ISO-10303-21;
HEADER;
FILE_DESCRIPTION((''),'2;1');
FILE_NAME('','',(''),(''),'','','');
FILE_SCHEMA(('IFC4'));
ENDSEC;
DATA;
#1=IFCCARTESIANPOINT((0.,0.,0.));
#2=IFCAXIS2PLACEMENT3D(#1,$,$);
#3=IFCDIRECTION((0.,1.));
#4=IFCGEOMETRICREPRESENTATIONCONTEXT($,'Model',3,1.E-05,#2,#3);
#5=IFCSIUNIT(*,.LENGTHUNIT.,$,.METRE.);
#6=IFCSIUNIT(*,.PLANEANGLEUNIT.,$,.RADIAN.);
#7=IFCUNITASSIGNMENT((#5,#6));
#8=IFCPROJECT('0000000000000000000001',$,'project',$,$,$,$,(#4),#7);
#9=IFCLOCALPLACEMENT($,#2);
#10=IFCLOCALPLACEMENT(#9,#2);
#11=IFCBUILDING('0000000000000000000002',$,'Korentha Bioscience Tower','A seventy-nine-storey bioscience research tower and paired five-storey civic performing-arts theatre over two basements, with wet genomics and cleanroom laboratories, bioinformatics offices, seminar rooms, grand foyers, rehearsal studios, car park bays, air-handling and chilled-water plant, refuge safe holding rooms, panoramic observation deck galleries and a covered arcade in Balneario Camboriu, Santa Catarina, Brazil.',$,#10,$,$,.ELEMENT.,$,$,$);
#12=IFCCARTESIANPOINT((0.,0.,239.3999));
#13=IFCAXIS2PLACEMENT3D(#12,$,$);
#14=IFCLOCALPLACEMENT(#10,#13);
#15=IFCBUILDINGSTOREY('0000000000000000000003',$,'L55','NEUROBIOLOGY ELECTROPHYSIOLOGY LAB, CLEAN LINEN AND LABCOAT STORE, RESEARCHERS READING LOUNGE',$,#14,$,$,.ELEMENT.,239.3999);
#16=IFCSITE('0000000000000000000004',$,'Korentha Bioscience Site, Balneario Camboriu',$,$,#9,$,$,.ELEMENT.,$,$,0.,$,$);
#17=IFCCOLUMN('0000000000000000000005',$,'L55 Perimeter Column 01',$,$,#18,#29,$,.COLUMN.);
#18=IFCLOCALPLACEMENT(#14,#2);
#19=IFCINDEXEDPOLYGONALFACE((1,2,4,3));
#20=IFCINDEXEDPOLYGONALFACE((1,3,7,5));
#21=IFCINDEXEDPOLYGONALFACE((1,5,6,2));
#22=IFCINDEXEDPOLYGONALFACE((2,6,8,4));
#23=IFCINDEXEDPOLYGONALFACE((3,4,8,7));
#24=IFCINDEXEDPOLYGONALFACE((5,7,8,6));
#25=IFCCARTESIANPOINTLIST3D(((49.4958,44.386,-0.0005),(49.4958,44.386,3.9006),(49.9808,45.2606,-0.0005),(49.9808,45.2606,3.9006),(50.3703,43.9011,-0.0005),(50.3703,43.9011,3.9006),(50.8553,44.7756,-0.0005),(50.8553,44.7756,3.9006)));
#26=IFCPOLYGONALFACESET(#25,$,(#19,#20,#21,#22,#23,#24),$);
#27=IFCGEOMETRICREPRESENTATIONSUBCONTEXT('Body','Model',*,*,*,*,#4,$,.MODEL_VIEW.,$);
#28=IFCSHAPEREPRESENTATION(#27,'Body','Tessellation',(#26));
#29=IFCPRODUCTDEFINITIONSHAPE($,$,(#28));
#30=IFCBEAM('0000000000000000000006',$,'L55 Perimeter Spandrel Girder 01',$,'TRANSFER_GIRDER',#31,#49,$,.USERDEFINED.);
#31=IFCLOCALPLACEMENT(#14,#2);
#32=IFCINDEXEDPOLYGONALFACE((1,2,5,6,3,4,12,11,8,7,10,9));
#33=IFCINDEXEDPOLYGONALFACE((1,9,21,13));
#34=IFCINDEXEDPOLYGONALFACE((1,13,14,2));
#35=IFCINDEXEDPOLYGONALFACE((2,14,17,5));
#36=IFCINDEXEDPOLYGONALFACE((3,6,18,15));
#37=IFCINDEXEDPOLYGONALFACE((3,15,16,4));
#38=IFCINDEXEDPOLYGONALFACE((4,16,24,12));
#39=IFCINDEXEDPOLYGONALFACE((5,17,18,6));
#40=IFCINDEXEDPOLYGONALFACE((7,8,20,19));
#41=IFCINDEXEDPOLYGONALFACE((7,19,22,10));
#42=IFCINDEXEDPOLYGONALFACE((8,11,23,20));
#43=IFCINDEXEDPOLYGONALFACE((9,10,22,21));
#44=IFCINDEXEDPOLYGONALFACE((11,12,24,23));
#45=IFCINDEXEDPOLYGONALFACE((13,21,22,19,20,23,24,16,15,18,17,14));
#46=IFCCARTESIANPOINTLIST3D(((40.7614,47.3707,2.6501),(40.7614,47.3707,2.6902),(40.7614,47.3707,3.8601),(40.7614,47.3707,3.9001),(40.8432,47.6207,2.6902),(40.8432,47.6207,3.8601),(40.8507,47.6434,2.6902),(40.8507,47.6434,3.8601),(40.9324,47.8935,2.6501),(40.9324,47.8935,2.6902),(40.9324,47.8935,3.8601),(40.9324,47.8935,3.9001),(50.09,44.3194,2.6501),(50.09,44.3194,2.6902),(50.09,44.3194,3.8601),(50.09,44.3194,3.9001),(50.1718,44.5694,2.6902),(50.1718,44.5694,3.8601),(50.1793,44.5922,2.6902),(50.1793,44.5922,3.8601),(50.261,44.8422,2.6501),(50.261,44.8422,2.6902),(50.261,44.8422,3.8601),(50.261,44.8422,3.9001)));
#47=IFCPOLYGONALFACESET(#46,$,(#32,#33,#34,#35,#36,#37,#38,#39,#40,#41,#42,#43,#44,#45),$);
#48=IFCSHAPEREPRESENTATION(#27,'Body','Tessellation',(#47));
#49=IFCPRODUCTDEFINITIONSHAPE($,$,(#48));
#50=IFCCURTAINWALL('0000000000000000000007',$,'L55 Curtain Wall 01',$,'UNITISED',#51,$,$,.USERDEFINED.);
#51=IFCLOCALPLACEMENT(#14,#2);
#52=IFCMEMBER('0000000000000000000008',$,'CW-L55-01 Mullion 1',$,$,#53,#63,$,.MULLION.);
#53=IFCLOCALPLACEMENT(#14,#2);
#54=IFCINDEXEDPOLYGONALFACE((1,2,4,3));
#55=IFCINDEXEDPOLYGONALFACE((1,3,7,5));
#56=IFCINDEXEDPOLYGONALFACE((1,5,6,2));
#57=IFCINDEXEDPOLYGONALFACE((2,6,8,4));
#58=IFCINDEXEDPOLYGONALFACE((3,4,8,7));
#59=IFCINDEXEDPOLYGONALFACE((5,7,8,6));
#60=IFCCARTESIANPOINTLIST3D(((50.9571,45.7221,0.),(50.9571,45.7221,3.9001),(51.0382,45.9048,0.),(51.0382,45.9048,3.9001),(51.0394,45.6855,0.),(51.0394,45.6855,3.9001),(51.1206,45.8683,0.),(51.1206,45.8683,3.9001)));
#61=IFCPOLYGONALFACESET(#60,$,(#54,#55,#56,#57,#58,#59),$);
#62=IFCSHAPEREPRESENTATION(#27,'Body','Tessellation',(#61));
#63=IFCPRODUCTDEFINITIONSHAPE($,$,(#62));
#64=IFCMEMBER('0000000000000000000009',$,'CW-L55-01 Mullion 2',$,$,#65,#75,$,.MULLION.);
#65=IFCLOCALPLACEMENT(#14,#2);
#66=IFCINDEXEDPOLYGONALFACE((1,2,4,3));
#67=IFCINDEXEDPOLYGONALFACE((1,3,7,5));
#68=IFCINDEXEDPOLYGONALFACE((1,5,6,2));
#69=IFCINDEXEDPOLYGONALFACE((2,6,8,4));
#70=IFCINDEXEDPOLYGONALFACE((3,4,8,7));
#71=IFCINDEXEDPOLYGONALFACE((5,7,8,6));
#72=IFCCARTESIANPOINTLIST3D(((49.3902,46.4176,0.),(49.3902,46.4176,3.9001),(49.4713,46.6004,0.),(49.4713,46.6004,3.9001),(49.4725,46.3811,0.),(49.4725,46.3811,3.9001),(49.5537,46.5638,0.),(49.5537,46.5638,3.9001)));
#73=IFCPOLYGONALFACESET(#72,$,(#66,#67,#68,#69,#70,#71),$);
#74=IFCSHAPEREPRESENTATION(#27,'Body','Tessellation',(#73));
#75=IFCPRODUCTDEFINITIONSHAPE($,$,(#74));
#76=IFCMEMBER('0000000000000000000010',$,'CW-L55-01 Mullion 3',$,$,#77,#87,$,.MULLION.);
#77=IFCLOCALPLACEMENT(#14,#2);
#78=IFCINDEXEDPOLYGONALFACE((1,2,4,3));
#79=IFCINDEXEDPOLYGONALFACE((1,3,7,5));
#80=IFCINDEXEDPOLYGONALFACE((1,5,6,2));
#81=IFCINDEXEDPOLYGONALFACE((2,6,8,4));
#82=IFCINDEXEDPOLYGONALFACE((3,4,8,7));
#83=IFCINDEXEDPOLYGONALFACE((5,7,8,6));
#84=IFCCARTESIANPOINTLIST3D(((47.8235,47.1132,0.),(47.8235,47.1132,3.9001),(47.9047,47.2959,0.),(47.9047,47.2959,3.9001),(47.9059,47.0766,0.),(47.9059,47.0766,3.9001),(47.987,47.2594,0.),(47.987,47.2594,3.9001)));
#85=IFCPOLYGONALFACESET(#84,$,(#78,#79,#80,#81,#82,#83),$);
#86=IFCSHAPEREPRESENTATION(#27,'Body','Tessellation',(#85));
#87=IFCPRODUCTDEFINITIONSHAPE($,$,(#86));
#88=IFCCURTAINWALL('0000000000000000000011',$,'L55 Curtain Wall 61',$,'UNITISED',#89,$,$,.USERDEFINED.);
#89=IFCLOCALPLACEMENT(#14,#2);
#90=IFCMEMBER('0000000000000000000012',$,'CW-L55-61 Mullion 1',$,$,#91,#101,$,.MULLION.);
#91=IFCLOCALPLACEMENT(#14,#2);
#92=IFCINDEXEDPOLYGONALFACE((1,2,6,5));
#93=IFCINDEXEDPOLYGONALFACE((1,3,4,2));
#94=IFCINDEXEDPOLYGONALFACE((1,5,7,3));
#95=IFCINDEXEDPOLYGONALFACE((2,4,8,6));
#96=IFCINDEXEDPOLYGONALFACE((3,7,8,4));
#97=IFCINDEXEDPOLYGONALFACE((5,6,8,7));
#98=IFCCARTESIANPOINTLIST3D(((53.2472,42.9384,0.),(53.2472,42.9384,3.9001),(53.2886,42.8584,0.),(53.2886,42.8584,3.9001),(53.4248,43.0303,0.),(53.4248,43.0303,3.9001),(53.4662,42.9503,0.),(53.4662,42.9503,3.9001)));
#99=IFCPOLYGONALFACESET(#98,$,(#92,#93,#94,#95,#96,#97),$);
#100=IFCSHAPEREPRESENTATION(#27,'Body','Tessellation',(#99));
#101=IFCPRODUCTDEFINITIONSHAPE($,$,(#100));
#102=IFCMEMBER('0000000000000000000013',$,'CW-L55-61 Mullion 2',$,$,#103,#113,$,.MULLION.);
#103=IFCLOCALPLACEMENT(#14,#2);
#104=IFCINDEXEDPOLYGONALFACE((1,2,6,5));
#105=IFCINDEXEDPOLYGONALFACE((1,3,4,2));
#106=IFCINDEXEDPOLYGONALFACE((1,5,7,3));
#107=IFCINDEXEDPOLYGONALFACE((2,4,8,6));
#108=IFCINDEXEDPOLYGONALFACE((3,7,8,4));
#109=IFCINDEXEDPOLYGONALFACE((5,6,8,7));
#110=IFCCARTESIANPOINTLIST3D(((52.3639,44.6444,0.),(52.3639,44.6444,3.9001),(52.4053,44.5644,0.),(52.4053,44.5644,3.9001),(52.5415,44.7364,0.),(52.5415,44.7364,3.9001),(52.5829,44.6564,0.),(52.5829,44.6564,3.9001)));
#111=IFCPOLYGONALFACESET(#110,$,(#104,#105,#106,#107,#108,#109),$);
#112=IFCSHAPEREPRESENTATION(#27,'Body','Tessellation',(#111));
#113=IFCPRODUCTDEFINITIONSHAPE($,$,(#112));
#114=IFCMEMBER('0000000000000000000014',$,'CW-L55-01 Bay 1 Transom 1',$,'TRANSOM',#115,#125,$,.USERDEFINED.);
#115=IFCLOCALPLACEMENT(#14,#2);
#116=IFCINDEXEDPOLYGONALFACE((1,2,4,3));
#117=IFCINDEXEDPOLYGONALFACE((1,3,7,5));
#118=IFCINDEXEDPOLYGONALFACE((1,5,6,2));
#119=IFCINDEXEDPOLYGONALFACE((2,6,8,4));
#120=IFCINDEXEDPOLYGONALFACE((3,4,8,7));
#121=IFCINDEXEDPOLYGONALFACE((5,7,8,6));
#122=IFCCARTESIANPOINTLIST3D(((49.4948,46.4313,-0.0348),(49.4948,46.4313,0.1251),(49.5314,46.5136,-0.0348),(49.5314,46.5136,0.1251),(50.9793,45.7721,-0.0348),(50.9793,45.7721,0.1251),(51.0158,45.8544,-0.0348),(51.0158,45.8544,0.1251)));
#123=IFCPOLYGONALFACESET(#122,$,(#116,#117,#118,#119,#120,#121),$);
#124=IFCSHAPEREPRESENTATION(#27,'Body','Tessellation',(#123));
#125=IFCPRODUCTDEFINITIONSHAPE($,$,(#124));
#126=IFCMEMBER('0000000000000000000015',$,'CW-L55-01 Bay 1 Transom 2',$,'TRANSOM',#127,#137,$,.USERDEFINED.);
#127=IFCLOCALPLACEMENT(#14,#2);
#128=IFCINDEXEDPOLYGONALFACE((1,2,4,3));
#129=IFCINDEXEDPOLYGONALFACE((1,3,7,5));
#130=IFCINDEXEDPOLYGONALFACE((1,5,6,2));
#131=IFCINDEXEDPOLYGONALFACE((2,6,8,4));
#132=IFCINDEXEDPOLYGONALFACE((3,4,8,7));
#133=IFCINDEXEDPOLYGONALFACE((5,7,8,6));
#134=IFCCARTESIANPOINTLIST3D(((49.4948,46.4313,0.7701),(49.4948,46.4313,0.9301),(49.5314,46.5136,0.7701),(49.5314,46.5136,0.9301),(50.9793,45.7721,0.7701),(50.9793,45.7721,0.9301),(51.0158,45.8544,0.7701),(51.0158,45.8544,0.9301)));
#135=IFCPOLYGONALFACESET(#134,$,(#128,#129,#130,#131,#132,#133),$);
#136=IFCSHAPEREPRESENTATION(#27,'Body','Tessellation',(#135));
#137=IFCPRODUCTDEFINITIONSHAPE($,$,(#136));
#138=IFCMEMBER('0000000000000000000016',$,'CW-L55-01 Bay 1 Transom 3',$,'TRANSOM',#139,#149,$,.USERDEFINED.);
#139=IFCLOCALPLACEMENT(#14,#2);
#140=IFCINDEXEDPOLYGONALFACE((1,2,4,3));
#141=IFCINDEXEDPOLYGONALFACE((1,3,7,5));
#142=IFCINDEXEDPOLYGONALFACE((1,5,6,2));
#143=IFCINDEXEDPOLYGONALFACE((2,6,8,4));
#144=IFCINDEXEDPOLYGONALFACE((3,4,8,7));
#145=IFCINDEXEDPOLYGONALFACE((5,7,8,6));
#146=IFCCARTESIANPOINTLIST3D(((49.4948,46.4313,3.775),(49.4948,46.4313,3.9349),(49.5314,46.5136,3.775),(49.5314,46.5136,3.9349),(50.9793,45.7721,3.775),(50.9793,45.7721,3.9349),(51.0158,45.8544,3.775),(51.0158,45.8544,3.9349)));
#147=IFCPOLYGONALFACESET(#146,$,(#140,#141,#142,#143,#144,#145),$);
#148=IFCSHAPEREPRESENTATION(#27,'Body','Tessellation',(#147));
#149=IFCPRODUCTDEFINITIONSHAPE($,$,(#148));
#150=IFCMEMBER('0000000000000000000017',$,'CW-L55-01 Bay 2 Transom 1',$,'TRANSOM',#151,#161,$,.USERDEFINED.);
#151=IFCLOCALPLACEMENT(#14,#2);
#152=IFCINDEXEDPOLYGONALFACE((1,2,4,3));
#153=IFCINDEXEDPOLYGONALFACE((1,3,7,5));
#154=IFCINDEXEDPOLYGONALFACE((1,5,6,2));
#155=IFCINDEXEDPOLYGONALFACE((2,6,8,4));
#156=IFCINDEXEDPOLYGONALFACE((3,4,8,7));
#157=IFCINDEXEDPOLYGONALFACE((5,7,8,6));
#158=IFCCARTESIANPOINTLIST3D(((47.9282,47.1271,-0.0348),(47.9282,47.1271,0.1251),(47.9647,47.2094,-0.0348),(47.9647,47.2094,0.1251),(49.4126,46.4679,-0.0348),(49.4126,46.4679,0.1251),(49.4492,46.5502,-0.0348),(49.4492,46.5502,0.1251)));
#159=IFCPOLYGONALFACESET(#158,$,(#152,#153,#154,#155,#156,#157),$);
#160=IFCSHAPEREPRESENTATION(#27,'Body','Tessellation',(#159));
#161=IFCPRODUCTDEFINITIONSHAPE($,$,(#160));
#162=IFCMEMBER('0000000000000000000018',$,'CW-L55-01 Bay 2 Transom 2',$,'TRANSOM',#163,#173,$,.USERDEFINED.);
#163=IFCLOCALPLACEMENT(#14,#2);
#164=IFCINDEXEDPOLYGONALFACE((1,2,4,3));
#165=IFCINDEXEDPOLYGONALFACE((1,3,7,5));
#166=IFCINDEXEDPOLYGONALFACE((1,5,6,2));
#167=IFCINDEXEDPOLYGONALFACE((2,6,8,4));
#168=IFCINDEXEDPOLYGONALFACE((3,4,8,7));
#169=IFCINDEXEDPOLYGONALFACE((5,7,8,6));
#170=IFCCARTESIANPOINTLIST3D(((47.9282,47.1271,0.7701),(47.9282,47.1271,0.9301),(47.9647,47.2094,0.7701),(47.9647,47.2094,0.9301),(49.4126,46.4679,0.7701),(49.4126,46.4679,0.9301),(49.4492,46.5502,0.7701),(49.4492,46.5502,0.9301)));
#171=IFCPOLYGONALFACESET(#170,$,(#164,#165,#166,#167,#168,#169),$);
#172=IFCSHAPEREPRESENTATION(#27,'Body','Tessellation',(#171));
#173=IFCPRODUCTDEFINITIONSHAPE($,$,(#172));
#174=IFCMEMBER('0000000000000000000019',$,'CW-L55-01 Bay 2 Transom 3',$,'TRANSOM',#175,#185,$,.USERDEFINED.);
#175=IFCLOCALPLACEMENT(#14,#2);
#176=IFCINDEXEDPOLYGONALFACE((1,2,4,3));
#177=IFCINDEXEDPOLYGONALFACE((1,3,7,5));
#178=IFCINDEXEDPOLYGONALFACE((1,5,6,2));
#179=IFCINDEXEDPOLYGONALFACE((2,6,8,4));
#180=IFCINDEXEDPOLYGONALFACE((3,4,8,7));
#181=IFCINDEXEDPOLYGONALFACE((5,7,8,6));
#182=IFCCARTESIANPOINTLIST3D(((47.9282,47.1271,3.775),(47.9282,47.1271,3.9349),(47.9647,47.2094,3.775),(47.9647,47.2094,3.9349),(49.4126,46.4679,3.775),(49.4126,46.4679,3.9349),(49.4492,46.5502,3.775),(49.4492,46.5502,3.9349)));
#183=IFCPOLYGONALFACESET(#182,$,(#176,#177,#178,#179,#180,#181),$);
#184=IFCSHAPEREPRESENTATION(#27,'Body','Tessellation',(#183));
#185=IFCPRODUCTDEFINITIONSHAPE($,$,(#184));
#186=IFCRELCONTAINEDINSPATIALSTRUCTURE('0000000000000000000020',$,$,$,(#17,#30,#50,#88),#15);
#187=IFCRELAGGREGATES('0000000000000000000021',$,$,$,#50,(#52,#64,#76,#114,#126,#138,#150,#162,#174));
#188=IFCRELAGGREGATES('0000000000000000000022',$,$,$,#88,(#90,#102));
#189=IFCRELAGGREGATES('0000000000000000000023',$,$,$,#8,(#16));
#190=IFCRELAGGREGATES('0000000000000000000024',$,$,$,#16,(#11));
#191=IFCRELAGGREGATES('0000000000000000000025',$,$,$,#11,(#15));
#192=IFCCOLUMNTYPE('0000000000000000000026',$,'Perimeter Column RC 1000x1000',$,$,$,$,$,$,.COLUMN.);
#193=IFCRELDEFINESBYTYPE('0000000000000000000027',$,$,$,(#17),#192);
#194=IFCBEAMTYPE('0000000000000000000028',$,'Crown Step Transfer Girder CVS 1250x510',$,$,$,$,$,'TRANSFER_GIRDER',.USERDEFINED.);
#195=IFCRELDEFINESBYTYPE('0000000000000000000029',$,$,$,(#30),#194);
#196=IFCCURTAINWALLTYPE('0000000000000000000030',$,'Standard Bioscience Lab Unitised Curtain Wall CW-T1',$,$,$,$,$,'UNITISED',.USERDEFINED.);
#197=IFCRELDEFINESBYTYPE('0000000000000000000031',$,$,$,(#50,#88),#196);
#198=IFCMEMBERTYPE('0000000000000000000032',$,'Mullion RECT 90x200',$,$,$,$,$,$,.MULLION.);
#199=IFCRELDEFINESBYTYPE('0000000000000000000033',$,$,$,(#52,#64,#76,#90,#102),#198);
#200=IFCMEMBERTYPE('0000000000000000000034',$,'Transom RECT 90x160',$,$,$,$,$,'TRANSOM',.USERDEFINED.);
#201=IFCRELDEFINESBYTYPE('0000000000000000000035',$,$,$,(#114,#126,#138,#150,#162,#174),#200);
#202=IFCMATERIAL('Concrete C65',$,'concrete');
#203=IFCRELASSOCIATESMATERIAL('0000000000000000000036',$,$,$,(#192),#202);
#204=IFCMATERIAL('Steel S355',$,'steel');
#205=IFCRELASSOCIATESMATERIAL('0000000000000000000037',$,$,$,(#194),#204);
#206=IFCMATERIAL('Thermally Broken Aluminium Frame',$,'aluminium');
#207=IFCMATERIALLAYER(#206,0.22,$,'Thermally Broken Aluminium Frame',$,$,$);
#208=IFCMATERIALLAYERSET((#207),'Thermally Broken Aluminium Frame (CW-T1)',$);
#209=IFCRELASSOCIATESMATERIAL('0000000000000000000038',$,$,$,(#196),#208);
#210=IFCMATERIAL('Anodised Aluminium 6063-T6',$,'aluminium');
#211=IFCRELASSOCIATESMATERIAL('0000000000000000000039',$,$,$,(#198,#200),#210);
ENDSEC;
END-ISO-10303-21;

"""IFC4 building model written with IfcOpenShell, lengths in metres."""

from ifc_helpers import new_model, si_unit, direction, frame, origin, origin_2d, place, context, subcontext, project, spatial, rectangle, i_section, extrude, material, layer, layer_set, material_profile, profile_set, type_object, element, aggregate, save


model = new_model("IFC4")

# Units and contexts
model_context = context("Model", 3, precision=1e-05, world=origin(), true_north=direction((0.0, 1.0)))
body_context = subcontext(model_context, "Body", "Model", "MODEL_VIEW")
ifc_project = project(units=[si_unit("LENGTHUNIT", "METRE"), si_unit("PLANEANGLEUNIT", "RADIAN")], contexts=[model_context])

# Site, building, storey
site_placement = place(None, origin())
site = spatial("IfcSite", under=ifc_project, at=site_placement, Name="Korentha Bioscience Site, Balneario Camboriu", CompositionType="ELEMENT", RefElevation=0.0)
building_placement = place(site_placement, origin())
building = spatial("IfcBuilding", under=site, at=building_placement, Name="Korentha Bioscience Tower", Description="A seventy-nine-storey bioscience research tower and paired five-storey civic performing-arts theatre over two basements, with wet genomics and cleanroom laboratories, bioinformatics offices, seminar rooms, grand foyers, rehearsal studios, car park bays, air-handling and chilled-water plant, refuge safe holding rooms, panoramic observation deck galleries and a covered arcade in Balneario Camboriu, Santa Catarina, Brazil.", CompositionType="ELEMENT")
storey_placement = place(building_placement, frame((0.0, 0.0, 239.3999)))
storey = spatial("IfcBuildingStorey", under=building, at=storey_placement, Name="L55", Description="NEUROBIOLOGY ELECTROPHYSIOLOGY LAB, CLEAN LINEN AND LABCOAT STORE, RESEARCHERS READING LOUNGE", CompositionType="ELEMENT", Elevation=239.3999)

# Column
ifc_material_1 = material(Name="Concrete C65", Category="concrete")
ifc_material_profile_1 = material_profile(ifc_material_1, rectangle(XDim=1.0, YDim=1.0, at=origin_2d()), Name="Concrete C65")
ifc_profile_set_1 = profile_set([ifc_material_profile_1], Name="Concrete C65 (COL-P10)")
column_type = type_object("IfcColumnType", Name="Perimeter Column RC 1000x1000", PredefinedType="COLUMN", material=ifc_profile_set_1)
column_placement = place(storey_placement, frame((50.1755, 44.5808, -0.0005), z_axis=(0.0, 0.0, 1.0), x_axis=(-0.874535, 0.484962, 0.0)))
element("IfcColumn", 1, at=column_placement, inside=storey, type_object=column_type, Name="L55 Perimeter Column 01", PredefinedType="COLUMN", context=body_context, shape_type="SweptSolid", body=[
    extrude(rectangle(XDim=1.0, YDim=1.0, at=origin_2d()), origin(), (0.0, 0.0, 1.0), 3.9011),
])

# Beam
ifc_material_2 = material(Name="Steel S355", Category="steel")
ifc_material_profile_2 = material_profile(ifc_material_2, i_section(OverallWidth=0.55, OverallDepth=1.25, WebThickness=0.0239, FlangeThickness=0.04, at=origin_2d()), Name="Steel S355")
ifc_profile_set_2 = profile_set([ifc_material_profile_2], Name="Steel S355 (TG-03)")
beam_type = type_object("IfcBeamType", Name="Crown Step Transfer Girder CVS 1250x510", ElementType="TRANSFER_GIRDER", PredefinedType="USERDEFINED", material=ifc_profile_set_2)
beam_placement = place(storey_placement, frame((50.1755, 44.5808, 3.2751), z_axis=(-0.950449, 0.31088, 0.0), x_axis=(-0.31088, -0.950449, 0.0)))
element("IfcBeam", 2, at=beam_placement, inside=storey, type_object=beam_type, Name="L55 Perimeter Spandrel Girder 01", ObjectType="TRANSFER_GIRDER", PredefinedType="USERDEFINED", context=body_context, shape_type="SweptSolid", body=[
    extrude(i_section(OverallWidth=0.55, OverallDepth=1.25, WebThickness=0.0239, FlangeThickness=0.04, at=origin_2d()), origin(), (0.0, 0.0, 1.0), 9.8149),
])

# Curtain walls, members
ifc_material_3 = material(Name="Thermally Broken Aluminium Frame", Category="aluminium")
ifc_layer_1 = layer(ifc_material_3, 0.22, Name="Thermally Broken Aluminium Frame")
ifc_layer_set_1 = layer_set([ifc_layer_1], Name="Thermally Broken Aluminium Frame (CW-T1)")
curtain_wall_type = type_object("IfcCurtainWallType", Name="Standard Bioscience Lab Unitised Curtain Wall CW-T1", ElementType="UNITISED", PredefinedType="USERDEFINED", material=ifc_layer_set_1)
curtain_wall_1_placement = place(storey_placement, origin())
curtain_wall_1 = element("IfcCurtainWall", 3, at=curtain_wall_1_placement, inside=storey, type_object=curtain_wall_type, Name="L55 Curtain Wall 01", ObjectType="UNITISED", PredefinedType="USERDEFINED")
ifc_material_4 = material(Name="Anodised Aluminium 6063-T6", Category="aluminium")
ifc_material_profile_3 = material_profile(ifc_material_4, rectangle(XDim=0.0901, YDim=0.2, at=origin_2d()), Name="Anodised Aluminium 6063-T6")
ifc_profile_set_3 = profile_set([ifc_material_profile_3], Name="Anodised Aluminium 6063-T6 (CW-MUL)")
member_type_1 = type_object("IfcMemberType", Name="Mullion RECT 90x200", PredefinedType="MULLION", material=ifc_profile_set_3)
member_1_placement = place(storey_placement, frame((51.0388, 45.7952, 0.0), z_axis=(0.0, 0.0, 1.0), x_axis=(-0.913944, 0.40584, 0.0)))
member_1 = element("IfcMember", 4, at=member_1_placement, type_object=member_type_1, Name="CW-L55-01 Mullion 1", PredefinedType="MULLION", context=body_context, shape_type="SweptSolid", body=[
    extrude(rectangle(XDim=0.0901, YDim=0.2, at=origin_2d()), origin(), (0.0, 0.0, 1.0), 3.9001),
])
member_2_placement = place(storey_placement, frame((49.4719, 46.4907, 0.0), z_axis=(0.0, 0.0, 1.0), x_axis=(-0.913944, 0.40584, 0.0)))
member_2 = element("IfcMember", 5, at=member_2_placement, type_object=member_type_1, Name="CW-L55-01 Mullion 2", PredefinedType="MULLION", context=body_context, shape_type="SweptSolid", body=[
    extrude(rectangle(XDim=0.0901, YDim=0.2, at=origin_2d()), origin(), (0.0, 0.0, 1.0), 3.9001),
])
member_3_placement = place(storey_placement, frame((47.9053, 47.1863, 0.0), z_axis=(0.0, 0.0, 1.0), x_axis=(-0.913944, 0.40584, 0.0)))
member_3 = element("IfcMember", 6, at=member_3_placement, type_object=member_type_1, Name="CW-L55-01 Mullion 3", PredefinedType="MULLION", context=body_context, shape_type="SweptSolid", body=[
    extrude(rectangle(XDim=0.0901, YDim=0.2, at=origin_2d()), origin(), (0.0, 0.0, 1.0), 3.9001),
])
curtain_wall_2_placement = place(storey_placement, origin())
curtain_wall_2 = element("IfcCurtainWall", 7, at=curtain_wall_2_placement, inside=storey, type_object=curtain_wall_type, Name="L55 Curtain Wall 61", ObjectType="UNITISED", PredefinedType="USERDEFINED")
member_4_placement = place(storey_placement, frame((53.3567, 42.9443, 0.0), z_axis=(0.0, 0.0, 1.0), x_axis=(-0.459738, 0.888055, 0.0)))
member_4 = element("IfcMember", 8, at=member_4_placement, type_object=member_type_1, Name="CW-L55-61 Mullion 1", PredefinedType="MULLION", context=body_context, shape_type="SweptSolid", body=[
    extrude(rectangle(XDim=0.0901, YDim=0.2, at=origin_2d()), origin(), (0.0, 0.0, 1.0), 3.9001),
])
member_5_placement = place(storey_placement, frame((52.4734, 44.6504, 0.0), z_axis=(0.0, 0.0, 1.0), x_axis=(-0.459738, 0.888055, 0.0)))
member_5 = element("IfcMember", 9, at=member_5_placement, type_object=member_type_1, Name="CW-L55-61 Mullion 2", PredefinedType="MULLION", context=body_context, shape_type="SweptSolid", body=[
    extrude(rectangle(XDim=0.0901, YDim=0.2, at=origin_2d()), origin(), (0.0, 0.0, 1.0), 3.9001),
])

# Members
ifc_material_profile_4 = material_profile(ifc_material_4, rectangle(XDim=0.0901, YDim=0.1599, at=origin_2d()), Name="Anodised Aluminium 6063-T6")
ifc_profile_set_4 = profile_set([ifc_material_profile_4], Name="Anodised Aluminium 6063-T6 (CW-TRN)")
member_type_2 = type_object("IfcMemberType", Name="Transom RECT 90x160", ElementType="TRANSOM", PredefinedType="USERDEFINED", material=ifc_profile_set_4)
member_6_placement = place(storey_placement, frame((50.9976, 45.8132, 0.0452), z_axis=(-0.913935, 0.40586, 0.0), x_axis=(-0.40586, -0.913935, 0.0)))
member_6 = element("IfcMember", 10, at=member_6_placement, type_object=member_type_2, Name="CW-L55-01 Bay 1 Transom 1", ObjectType="TRANSOM", PredefinedType="USERDEFINED", context=body_context, shape_type="SweptSolid", body=[
    extrude(rectangle(XDim=0.0901, YDim=0.1599, at=origin_2d()), origin(), (0.0, 0.0, 1.0), 1.6243),
])
member_7_placement = place(storey_placement, frame((50.9976, 45.8132, 0.8501), z_axis=(-0.913935, 0.40586, 0.0), x_axis=(-0.40586, -0.913935, 0.0)))
member_7 = element("IfcMember", 11, at=member_7_placement, type_object=member_type_2, Name="CW-L55-01 Bay 1 Transom 2", ObjectType="TRANSOM", PredefinedType="USERDEFINED", context=body_context, shape_type="SweptSolid", body=[
    extrude(rectangle(XDim=0.0901, YDim=0.1599, at=origin_2d()), origin(), (0.0, 0.0, 1.0), 1.6243),
])
member_8_placement = place(storey_placement, frame((50.9976, 45.8132, 3.855), z_axis=(-0.913935, 0.40586, 0.0), x_axis=(-0.40586, -0.913935, 0.0)))
member_8 = element("IfcMember", 12, at=member_8_placement, type_object=member_type_2, Name="CW-L55-01 Bay 1 Transom 3", ObjectType="TRANSOM", PredefinedType="USERDEFINED", context=body_context, shape_type="SweptSolid", body=[
    extrude(rectangle(XDim=0.0901, YDim=0.1599, at=origin_2d()), origin(), (0.0, 0.0, 1.0), 1.6243),
])
member_9_placement = place(storey_placement, frame((49.4309, 46.509, 0.0452), z_axis=(-0.913935, 0.40586, 0.0), x_axis=(-0.40586, -0.913935, 0.0)))
member_9 = element("IfcMember", 13, at=member_9_placement, type_object=member_type_2, Name="CW-L55-01 Bay 2 Transom 1", ObjectType="TRANSOM", PredefinedType="USERDEFINED", context=body_context, shape_type="SweptSolid", body=[
    extrude(rectangle(XDim=0.0901, YDim=0.1599, at=origin_2d()), origin(), (0.0, 0.0, 1.0), 1.6243),
])
member_10_placement = place(storey_placement, frame((49.4309, 46.509, 0.8501), z_axis=(-0.913935, 0.40586, 0.0), x_axis=(-0.40586, -0.913935, 0.0)))
member_10 = element("IfcMember", 14, at=member_10_placement, type_object=member_type_2, Name="CW-L55-01 Bay 2 Transom 2", ObjectType="TRANSOM", PredefinedType="USERDEFINED", context=body_context, shape_type="SweptSolid", body=[
    extrude(rectangle(XDim=0.0901, YDim=0.1599, at=origin_2d()), origin(), (0.0, 0.0, 1.0), 1.6243),
])
member_11_placement = place(storey_placement, frame((49.4309, 46.509, 3.855), z_axis=(-0.913935, 0.40586, 0.0), x_axis=(-0.40586, -0.913935, 0.0)))
member_11 = element("IfcMember", 15, at=member_11_placement, type_object=member_type_2, Name="CW-L55-01 Bay 2 Transom 3", ObjectType="TRANSOM", PredefinedType="USERDEFINED", context=body_context, shape_type="SweptSolid", body=[
    extrude(rectangle(XDim=0.0901, YDim=0.1599, at=origin_2d()), origin(), (0.0, 0.0, 1.0), 1.6243),
])

aggregate(curtain_wall_1, [member_1, member_2, member_3, member_6, member_7, member_8, member_9, member_10, member_11])
aggregate(curtain_wall_2, [member_4, member_5])

save(model, "model.ifc")
